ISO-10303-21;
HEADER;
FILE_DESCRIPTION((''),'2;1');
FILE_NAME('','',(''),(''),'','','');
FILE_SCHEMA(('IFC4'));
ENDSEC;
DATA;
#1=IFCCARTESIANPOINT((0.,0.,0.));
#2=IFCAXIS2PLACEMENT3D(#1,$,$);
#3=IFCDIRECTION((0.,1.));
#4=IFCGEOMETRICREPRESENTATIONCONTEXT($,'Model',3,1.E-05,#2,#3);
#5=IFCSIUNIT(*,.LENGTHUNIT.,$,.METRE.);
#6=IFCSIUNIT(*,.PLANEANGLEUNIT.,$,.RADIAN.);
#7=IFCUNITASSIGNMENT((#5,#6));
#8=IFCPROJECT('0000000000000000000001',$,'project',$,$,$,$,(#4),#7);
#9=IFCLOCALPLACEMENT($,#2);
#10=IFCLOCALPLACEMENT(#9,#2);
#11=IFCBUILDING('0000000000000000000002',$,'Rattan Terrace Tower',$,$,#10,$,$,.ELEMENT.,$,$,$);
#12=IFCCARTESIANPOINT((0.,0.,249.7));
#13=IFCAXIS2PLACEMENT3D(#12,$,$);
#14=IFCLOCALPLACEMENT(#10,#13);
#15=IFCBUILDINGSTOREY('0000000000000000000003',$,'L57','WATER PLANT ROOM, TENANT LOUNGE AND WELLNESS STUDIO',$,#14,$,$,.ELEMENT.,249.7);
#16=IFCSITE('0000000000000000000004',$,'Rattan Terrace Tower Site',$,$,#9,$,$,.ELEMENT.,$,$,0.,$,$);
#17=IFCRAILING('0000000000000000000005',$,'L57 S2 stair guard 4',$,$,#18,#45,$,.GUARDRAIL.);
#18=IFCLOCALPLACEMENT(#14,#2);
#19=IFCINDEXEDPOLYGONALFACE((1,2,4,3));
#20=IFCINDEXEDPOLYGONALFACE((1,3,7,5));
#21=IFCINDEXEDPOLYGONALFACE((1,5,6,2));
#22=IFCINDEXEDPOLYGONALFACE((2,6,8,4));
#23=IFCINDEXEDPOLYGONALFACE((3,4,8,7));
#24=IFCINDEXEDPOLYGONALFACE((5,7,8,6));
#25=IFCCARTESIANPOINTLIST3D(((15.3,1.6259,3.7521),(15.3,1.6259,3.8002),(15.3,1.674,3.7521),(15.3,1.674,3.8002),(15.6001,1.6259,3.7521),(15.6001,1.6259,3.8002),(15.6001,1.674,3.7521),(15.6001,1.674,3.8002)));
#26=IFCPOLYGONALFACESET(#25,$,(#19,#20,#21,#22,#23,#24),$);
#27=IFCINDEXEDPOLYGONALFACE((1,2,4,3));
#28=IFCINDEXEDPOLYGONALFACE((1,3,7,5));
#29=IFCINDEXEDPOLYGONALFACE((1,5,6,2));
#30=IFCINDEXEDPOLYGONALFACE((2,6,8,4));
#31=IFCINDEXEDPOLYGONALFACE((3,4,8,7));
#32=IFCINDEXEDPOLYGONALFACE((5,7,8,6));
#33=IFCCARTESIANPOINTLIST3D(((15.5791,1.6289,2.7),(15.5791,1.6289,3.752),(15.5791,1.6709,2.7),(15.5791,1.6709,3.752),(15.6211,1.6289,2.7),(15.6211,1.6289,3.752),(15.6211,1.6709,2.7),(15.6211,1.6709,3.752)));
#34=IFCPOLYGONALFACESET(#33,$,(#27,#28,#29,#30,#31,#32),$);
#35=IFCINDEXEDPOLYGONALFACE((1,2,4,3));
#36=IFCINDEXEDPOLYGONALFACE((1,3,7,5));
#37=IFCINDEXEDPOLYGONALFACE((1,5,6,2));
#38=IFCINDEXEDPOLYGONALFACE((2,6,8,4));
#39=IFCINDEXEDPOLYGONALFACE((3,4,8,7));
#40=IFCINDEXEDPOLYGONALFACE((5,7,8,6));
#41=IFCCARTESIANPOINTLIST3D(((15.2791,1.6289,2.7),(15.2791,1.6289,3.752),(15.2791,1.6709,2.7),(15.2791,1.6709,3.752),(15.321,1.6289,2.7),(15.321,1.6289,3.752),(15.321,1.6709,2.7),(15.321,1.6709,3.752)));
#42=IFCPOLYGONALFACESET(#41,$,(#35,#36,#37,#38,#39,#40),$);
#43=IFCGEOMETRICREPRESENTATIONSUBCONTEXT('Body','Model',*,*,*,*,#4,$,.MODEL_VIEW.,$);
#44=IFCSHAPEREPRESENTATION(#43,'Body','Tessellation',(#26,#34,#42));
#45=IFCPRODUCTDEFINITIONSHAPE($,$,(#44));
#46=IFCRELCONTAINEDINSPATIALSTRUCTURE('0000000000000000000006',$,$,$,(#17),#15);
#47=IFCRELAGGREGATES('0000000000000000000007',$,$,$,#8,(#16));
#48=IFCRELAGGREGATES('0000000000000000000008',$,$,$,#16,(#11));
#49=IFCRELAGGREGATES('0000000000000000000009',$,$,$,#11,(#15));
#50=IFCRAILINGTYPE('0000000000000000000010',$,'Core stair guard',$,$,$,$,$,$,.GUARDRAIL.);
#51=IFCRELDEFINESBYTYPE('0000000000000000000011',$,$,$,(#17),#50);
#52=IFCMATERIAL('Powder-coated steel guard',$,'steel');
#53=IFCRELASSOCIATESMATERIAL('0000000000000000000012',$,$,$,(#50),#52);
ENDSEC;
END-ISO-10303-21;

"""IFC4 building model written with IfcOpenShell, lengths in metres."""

from ifc_helpers import new_model, si_unit, direction, frame, origin, origin_2d, place, context, subcontext, project, spatial, rectangle, extrude, material, type_object, element, save


model = new_model("IFC4")

# Units and contexts
model_context = context("Model", 3, precision=1e-05, world=origin(), true_north=direction((0.0, 1.0)))
body_context = subcontext(model_context, "Body", "Model", "MODEL_VIEW")
ifc_project = project(units=[si_unit("LENGTHUNIT", "METRE"), si_unit("PLANEANGLEUNIT", "RADIAN")], contexts=[model_context])

# Site, building, storey
site_placement = place(None, origin())
site = spatial("IfcSite", under=ifc_project, at=site_placement, Name="Rattan Terrace Tower Site", CompositionType="ELEMENT", RefElevation=0.0)
building_placement = place(site_placement, origin())
building = spatial("IfcBuilding", under=site, at=building_placement, Name="Rattan Terrace Tower", CompositionType="ELEMENT")
storey_placement = place(building_placement, frame((0.0, 0.0, 249.7)))
storey = spatial("IfcBuildingStorey", under=building, at=storey_placement, Name="L57", Description="WATER PLANT ROOM, TENANT LOUNGE AND WELLNESS STUDIO", CompositionType="ELEMENT", Elevation=249.7)

# Railing
ifc_material_1 = material(Name="Powder-coated steel guard", Category="steel")
railing_type = type_object("IfcRailingType", Name="Core stair guard", PredefinedType="GUARDRAIL", material=ifc_material_1)
railing_placement = place(storey_placement, frame((15.6001, 1.6499, 2.7)))
element("IfcRailing", 1, at=railing_placement, inside=storey, type_object=railing_type, Name="L57 S2 stair guard 4", PredefinedType="GUARDRAIL", context=body_context, shape_type="SweptSolid", body=[
    extrude(rectangle(XDim=0.0481, YDim=0.0481, at=origin_2d()), frame((0.0, 0.0, 1.0762), z_axis=(-1.0, 0.0, 0.0), x_axis=(0.0, -1.0, 0.0)), (0.0, 0.0, 1.0), 0.3),
    extrude(rectangle(XDim=0.042, YDim=0.042, at=origin_2d()), origin(), (0.0, 0.0, 1.0), 1.052),
    extrude(rectangle(XDim=0.042, YDim=0.042, at=origin_2d()), frame((-0.3, 0.0, 0.0)), (0.0, 0.0, 1.0), 1.052),
])

save(model, "model.ifc")
